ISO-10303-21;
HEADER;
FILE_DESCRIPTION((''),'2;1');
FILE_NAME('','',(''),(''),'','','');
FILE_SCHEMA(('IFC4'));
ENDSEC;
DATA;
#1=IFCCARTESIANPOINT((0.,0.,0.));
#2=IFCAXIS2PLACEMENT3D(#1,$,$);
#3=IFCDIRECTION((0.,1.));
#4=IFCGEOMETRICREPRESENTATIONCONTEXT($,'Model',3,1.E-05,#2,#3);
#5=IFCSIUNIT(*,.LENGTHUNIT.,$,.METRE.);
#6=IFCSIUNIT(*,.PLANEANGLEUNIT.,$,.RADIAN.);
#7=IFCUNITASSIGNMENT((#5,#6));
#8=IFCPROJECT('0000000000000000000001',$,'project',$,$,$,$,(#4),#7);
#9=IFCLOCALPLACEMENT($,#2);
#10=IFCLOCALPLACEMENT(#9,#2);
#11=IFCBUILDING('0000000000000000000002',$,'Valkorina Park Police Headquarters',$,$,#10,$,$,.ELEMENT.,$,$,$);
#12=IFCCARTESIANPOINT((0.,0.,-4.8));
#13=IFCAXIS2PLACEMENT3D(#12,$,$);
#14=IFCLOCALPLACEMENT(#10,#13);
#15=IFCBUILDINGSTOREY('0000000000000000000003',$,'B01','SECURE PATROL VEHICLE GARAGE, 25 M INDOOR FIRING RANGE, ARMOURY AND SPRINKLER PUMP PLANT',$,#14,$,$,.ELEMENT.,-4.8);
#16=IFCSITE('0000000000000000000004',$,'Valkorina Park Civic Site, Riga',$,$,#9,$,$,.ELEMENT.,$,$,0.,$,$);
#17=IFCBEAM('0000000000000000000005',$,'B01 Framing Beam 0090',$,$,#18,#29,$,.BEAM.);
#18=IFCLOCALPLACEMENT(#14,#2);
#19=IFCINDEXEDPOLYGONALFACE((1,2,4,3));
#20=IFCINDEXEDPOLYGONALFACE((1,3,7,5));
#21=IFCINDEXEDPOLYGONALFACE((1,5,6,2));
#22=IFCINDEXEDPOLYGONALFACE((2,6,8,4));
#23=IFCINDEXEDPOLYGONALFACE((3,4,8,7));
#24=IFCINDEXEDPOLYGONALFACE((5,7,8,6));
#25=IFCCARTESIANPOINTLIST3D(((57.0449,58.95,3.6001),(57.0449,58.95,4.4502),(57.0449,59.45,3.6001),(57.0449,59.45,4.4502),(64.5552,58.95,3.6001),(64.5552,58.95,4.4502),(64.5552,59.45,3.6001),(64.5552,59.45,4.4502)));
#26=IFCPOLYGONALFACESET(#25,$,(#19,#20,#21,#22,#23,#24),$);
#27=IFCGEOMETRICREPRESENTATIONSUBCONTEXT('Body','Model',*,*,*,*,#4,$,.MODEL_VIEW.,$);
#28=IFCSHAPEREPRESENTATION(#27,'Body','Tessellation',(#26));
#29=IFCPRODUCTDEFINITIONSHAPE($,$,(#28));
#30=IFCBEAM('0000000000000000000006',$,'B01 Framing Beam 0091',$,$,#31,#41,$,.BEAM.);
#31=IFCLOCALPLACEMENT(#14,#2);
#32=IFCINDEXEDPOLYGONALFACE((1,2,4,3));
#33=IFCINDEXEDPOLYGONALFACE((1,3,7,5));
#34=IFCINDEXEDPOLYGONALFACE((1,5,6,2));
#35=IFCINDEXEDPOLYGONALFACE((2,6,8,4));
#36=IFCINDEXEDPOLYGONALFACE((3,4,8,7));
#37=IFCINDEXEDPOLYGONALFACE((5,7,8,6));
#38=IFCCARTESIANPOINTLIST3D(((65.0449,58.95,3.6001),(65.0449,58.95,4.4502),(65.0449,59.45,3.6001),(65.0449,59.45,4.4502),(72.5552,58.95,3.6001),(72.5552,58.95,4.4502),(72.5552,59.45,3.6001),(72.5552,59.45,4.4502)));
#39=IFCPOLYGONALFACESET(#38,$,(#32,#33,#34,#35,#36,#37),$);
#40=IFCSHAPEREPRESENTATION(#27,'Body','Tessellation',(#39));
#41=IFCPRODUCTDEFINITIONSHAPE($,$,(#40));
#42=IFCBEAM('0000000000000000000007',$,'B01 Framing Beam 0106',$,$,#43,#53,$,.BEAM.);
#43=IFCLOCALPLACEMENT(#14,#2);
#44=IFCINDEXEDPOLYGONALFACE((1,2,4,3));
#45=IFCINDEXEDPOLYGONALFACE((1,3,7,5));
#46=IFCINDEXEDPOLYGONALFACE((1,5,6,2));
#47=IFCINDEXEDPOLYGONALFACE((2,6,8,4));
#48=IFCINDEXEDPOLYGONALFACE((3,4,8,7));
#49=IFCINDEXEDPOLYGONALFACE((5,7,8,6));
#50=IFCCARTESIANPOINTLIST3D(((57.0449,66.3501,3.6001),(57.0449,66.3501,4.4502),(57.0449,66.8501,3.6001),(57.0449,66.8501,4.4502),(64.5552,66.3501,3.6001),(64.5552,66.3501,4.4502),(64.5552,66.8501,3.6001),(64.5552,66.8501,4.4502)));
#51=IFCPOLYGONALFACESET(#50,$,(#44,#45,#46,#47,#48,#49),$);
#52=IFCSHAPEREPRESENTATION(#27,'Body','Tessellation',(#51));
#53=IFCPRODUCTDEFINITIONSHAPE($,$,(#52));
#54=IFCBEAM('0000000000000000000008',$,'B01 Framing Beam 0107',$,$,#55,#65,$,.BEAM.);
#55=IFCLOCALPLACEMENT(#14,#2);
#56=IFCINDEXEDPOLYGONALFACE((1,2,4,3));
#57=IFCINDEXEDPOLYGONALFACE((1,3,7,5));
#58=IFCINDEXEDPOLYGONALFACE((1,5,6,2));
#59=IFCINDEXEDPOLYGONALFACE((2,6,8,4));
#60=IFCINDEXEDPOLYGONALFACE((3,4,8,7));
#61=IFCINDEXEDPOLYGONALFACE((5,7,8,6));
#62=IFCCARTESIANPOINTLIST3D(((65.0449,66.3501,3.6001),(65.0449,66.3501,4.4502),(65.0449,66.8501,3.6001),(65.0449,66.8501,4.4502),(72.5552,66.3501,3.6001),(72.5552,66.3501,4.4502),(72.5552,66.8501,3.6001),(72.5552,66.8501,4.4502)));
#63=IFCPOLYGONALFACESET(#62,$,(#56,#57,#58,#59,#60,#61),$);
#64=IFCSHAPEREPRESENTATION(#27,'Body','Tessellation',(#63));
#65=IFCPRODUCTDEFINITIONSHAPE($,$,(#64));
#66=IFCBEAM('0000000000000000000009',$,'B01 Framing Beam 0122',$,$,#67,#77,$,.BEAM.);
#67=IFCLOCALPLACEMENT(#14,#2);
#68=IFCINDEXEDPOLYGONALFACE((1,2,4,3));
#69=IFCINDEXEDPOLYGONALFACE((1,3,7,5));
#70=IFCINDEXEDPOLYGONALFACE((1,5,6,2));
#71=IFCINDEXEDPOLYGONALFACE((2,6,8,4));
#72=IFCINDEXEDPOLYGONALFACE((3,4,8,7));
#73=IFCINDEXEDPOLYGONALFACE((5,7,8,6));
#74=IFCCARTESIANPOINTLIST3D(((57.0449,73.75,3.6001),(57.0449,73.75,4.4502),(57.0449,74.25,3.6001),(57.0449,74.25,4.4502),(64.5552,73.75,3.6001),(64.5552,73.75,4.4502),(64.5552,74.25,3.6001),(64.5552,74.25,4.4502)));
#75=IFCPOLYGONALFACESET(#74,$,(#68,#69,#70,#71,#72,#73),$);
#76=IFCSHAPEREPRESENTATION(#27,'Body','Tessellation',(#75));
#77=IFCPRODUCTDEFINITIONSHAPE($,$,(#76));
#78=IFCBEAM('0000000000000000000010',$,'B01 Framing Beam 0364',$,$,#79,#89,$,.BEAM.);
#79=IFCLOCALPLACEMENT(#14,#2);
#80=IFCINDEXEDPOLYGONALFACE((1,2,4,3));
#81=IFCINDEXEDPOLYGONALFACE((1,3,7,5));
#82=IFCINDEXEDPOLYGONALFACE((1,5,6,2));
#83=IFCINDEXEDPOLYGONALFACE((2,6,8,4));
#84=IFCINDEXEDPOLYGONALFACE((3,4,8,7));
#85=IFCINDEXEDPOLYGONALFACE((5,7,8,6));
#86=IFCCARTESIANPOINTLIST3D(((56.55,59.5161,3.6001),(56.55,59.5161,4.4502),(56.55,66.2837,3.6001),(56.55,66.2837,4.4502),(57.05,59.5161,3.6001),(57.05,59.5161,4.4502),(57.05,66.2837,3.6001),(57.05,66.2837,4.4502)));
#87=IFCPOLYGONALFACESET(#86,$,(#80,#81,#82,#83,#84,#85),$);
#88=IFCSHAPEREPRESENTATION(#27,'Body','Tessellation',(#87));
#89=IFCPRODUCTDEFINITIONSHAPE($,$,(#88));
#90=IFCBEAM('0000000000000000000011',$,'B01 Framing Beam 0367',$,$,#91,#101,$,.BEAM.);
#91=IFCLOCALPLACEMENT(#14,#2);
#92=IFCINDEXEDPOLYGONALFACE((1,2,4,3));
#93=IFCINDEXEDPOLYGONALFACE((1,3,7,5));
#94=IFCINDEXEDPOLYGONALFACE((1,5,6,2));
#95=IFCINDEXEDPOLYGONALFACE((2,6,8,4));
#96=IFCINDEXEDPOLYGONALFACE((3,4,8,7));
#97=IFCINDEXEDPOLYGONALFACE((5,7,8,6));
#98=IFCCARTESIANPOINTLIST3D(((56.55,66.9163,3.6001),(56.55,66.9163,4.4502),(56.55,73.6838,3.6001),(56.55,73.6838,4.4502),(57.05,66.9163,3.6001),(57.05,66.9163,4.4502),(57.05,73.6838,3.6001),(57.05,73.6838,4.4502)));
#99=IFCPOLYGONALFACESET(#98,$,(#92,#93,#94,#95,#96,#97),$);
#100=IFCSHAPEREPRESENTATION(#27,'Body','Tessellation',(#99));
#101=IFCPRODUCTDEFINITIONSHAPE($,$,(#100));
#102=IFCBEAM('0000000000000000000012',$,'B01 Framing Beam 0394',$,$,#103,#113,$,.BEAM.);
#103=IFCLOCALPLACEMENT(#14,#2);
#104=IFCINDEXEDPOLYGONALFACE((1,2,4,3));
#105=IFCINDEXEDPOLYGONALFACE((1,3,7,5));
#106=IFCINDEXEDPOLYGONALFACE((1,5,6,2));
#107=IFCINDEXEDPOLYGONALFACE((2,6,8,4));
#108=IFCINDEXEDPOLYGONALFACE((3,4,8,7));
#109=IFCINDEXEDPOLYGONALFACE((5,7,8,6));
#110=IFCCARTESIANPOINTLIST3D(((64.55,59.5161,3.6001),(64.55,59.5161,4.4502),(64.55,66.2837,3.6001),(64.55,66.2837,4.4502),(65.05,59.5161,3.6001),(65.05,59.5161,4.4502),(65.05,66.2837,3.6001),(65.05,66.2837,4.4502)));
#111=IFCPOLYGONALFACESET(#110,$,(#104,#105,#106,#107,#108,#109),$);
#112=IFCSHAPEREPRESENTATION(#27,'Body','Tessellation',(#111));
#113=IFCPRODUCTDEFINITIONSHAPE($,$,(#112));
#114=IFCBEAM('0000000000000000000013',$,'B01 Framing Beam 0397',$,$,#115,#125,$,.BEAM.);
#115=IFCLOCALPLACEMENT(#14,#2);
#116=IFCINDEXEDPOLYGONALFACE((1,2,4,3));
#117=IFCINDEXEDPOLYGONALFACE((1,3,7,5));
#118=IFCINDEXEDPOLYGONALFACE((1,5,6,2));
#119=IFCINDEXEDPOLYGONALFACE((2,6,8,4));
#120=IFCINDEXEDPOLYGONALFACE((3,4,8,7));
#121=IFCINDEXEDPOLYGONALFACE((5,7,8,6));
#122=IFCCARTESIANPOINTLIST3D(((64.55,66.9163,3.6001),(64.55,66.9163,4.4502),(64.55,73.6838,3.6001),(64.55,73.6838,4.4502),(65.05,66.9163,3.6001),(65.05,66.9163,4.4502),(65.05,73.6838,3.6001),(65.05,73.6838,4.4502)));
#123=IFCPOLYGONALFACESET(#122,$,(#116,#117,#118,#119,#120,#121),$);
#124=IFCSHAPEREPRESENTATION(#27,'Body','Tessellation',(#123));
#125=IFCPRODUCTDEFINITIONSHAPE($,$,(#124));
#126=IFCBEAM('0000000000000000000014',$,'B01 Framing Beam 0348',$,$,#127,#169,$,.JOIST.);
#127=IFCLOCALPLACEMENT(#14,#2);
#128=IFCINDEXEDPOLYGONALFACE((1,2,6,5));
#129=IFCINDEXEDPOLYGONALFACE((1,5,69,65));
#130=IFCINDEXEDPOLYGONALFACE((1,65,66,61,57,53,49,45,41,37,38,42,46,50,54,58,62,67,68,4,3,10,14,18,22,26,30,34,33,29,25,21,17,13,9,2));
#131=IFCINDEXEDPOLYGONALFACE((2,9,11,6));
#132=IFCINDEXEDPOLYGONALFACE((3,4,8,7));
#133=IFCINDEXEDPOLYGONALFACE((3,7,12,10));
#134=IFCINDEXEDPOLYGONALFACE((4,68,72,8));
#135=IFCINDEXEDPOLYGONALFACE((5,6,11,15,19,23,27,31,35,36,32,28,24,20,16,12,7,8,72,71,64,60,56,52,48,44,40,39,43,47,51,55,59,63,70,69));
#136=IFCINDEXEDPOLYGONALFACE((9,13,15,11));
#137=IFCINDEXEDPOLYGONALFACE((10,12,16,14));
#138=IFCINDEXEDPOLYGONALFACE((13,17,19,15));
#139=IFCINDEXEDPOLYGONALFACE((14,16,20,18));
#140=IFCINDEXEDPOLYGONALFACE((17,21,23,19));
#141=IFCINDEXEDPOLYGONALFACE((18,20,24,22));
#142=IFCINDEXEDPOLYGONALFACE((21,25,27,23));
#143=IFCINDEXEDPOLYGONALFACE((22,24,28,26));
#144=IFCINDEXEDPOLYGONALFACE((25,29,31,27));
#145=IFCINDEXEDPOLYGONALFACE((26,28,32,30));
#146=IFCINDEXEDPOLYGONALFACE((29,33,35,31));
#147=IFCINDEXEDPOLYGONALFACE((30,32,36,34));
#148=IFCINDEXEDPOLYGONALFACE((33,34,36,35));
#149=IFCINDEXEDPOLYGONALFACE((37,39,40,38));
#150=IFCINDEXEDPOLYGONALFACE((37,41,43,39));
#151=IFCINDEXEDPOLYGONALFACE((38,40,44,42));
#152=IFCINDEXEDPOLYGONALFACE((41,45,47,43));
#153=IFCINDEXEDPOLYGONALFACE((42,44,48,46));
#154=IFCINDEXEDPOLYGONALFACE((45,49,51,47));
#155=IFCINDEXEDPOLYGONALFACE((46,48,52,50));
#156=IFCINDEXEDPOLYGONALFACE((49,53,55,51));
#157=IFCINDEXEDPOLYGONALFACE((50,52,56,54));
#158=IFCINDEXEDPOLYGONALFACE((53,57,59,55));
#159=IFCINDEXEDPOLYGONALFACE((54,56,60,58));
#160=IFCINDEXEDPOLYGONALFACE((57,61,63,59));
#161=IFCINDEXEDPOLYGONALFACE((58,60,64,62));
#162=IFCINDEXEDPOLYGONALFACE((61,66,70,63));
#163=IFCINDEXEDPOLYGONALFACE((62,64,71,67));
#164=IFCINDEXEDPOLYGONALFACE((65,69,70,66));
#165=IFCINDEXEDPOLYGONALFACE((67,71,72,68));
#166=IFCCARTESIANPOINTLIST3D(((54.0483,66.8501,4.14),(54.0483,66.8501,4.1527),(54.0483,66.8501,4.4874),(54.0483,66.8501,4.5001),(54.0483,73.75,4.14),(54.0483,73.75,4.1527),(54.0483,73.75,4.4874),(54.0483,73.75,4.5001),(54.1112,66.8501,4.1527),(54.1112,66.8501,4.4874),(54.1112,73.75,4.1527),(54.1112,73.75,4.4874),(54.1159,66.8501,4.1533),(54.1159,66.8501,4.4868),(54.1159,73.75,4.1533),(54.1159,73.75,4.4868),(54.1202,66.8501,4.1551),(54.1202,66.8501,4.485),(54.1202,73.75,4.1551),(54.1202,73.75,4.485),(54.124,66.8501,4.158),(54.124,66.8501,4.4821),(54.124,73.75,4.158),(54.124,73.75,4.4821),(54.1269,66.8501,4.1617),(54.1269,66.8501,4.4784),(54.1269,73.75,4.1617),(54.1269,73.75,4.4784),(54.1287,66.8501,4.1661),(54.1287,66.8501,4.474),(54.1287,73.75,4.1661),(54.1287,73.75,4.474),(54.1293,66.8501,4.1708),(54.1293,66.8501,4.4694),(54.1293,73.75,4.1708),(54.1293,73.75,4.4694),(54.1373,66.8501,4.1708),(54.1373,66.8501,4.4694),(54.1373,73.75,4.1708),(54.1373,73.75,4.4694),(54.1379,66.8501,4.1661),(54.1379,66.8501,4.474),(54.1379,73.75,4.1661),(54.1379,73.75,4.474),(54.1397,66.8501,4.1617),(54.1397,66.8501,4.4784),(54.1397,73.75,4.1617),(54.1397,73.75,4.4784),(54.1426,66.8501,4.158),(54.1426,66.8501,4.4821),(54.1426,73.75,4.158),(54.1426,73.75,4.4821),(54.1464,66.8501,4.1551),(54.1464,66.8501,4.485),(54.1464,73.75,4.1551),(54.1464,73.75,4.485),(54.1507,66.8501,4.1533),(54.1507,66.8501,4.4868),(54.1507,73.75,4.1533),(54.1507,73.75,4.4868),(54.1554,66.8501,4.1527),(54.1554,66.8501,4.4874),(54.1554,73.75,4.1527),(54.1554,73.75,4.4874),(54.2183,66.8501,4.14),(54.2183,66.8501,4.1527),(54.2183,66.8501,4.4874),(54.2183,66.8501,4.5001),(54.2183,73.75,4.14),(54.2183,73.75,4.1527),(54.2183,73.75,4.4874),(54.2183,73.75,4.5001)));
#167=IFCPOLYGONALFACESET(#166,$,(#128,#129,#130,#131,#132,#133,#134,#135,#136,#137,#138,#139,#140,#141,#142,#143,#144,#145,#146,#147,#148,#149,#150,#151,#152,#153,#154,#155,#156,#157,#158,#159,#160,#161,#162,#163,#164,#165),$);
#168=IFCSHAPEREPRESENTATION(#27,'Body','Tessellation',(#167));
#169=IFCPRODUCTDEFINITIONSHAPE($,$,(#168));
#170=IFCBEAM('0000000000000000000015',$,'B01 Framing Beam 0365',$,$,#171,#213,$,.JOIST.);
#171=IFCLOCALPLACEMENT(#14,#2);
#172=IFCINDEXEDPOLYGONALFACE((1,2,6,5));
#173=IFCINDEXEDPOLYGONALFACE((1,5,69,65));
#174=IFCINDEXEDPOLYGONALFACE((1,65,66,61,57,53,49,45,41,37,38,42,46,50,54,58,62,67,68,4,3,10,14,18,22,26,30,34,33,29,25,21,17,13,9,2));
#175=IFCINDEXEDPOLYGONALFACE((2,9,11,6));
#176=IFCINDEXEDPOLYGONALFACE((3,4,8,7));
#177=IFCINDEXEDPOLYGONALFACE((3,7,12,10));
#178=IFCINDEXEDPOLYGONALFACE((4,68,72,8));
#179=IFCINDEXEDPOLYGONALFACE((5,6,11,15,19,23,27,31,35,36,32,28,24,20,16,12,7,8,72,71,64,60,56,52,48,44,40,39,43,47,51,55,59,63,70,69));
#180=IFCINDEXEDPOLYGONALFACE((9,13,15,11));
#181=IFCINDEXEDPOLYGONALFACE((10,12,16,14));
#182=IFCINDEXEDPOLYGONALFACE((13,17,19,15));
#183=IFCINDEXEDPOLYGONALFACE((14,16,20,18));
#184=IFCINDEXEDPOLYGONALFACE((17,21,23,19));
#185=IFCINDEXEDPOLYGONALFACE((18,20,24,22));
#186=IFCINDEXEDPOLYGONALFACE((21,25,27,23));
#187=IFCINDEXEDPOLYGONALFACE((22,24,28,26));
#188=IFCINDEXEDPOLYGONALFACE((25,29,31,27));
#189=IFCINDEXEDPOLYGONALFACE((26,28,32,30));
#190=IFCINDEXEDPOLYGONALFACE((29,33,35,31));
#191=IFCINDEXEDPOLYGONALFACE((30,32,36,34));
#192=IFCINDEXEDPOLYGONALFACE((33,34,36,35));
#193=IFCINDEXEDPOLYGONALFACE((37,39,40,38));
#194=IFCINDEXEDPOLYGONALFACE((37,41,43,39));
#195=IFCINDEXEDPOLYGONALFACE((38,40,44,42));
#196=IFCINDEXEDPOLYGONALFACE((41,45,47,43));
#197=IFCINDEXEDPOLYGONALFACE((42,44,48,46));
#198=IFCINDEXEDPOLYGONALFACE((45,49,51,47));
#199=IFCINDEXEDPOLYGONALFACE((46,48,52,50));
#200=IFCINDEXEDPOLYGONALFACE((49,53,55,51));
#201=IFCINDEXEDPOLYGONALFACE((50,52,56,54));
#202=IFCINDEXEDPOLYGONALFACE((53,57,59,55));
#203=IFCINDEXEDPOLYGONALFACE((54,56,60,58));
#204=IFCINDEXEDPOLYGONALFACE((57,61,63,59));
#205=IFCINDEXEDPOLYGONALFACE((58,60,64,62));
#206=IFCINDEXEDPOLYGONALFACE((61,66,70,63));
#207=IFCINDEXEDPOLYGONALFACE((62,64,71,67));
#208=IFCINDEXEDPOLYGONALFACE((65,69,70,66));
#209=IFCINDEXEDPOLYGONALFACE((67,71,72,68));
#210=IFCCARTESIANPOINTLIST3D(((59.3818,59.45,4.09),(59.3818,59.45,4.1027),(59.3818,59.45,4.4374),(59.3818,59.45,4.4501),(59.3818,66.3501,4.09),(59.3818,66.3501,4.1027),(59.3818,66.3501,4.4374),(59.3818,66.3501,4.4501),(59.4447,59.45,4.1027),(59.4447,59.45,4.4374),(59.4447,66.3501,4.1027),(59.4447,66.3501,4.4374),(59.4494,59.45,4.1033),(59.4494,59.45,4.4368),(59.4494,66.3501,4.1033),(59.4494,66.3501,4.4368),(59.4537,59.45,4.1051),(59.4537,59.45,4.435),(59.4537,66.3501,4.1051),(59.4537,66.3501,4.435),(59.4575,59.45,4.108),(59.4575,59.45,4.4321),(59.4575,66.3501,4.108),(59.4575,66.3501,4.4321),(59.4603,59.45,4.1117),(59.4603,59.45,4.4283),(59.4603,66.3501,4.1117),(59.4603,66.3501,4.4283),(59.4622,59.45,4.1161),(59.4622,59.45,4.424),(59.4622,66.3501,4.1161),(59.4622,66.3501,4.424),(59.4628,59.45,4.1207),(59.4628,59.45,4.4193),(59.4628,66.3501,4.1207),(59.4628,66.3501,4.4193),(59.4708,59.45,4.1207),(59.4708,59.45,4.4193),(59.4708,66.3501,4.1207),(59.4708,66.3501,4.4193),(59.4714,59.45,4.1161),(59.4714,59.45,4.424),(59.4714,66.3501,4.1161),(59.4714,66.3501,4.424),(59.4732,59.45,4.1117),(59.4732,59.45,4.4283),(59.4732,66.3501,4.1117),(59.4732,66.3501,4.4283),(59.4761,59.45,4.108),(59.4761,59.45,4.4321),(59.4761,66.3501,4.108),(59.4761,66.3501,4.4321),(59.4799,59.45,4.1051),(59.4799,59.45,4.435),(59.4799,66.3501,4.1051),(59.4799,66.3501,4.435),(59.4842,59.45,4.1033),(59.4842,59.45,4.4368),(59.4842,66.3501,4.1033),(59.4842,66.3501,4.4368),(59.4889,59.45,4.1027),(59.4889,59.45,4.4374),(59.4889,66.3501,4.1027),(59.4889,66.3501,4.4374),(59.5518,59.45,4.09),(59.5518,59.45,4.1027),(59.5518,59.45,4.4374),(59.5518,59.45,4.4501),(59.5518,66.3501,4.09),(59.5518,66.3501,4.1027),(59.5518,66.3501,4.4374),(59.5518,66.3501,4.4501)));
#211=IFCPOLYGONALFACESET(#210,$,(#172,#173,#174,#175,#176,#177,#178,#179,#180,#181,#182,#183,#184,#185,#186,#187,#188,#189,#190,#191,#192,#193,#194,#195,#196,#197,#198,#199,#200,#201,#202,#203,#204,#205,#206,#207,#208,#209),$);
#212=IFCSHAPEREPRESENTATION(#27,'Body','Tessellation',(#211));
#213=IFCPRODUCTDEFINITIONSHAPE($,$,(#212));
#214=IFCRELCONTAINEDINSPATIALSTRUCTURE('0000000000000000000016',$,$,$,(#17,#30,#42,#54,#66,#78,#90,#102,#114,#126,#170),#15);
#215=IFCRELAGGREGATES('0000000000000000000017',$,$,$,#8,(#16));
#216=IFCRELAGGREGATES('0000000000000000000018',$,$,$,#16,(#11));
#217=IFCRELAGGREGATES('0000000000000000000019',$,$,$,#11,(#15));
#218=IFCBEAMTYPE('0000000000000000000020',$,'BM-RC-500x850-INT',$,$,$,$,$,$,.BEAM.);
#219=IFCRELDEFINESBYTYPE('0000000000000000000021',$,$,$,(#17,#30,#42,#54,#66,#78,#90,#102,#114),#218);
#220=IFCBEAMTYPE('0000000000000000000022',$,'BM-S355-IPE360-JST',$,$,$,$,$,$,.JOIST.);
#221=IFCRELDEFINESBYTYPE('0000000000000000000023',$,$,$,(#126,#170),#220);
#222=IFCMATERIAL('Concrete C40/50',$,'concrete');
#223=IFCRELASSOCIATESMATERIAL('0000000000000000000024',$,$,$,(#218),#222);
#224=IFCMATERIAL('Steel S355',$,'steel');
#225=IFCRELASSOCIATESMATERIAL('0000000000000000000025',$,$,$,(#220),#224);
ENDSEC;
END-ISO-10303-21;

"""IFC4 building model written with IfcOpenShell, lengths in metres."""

from ifc_helpers import new_model, si_unit, direction, frame, origin, origin_2d, place, context, subcontext, project, spatial, rectangle, i_section, extrude, material, material_profile, profile_set, type_object, element, save


model = new_model("IFC4")

# Units and contexts
model_context = context("Model", 3, precision=1e-05, world=origin(), true_north=direction((0.0, 1.0)))
body_context = subcontext(model_context, "Body", "Model", "MODEL_VIEW")
ifc_project = project(units=[si_unit("LENGTHUNIT", "METRE"), si_unit("PLANEANGLEUNIT", "RADIAN")], contexts=[model_context])

# Site, building, storey
site_placement = place(None, origin())
site = spatial("IfcSite", under=ifc_project, at=site_placement, Name="Valkorina Park Civic Site, Riga", CompositionType="ELEMENT", RefElevation=0.0)
building_placement = place(site_placement, origin())
building = spatial("IfcBuilding", under=site, at=building_placement, Name="Valkorina Park Police Headquarters", CompositionType="ELEMENT")
storey_placement = place(building_placement, frame((0.0, 0.0, -4.8)))
storey = spatial("IfcBuildingStorey", under=building, at=storey_placement, Name="B01", Description="SECURE PATROL VEHICLE GARAGE, 25 M INDOOR FIRING RANGE, ARMOURY AND SPRINKLER PUMP PLANT", CompositionType="ELEMENT", Elevation=-4.8)

# Shared definitions
ifc_material_1 = material(Name="Concrete C40/50", Category="concrete")

# Beams
ifc_material_profile_1 = material_profile(ifc_material_1, rectangle(XDim=0.5, YDim=0.8501, at=origin_2d()), Name="RC BEAM 500x850")
ifc_profile_set_1 = profile_set([ifc_material_profile_1], Name="Concrete C40/50")
beam_type_1 = type_object("IfcBeamType", Name="BM-RC-500x850-INT", PredefinedType="BEAM", material=ifc_profile_set_1)
for number, where, z_axis, x_axis, name in (
    (1, (57.0449, 59.2, 4.0251), (1.0, 0.0, 0.0), (0.0, 1.0, 0.0), "B01 Framing Beam 0090"),
    (2, (65.0449, 59.2, 4.0251), (1.0, 0.0, 0.0), (0.0, 1.0, 0.0), "B01 Framing Beam 0091"),
    (3, (57.0449, 66.6001, 4.0251), (1.0, 0.0, 0.0), (0.0, 1.0, 0.0), "B01 Framing Beam 0106"),
    (4, (65.0449, 66.6001, 4.0251), (1.0, 0.0, 0.0), (0.0, 1.0, 0.0), "B01 Framing Beam 0107"),
    (5, (57.0449, 74.0, 4.0251), (1.0, 0.0, 0.0), (0.0, 1.0, 0.0), "B01 Framing Beam 0122"),
):
    element("IfcBeam", number, at=place(storey_placement, frame(where, z_axis=z_axis, x_axis=x_axis)), inside=storey, type_object=beam_type_1, Name=name, PredefinedType="BEAM", context=body_context, shape_type="SweptSolid", body=[
        extrude(rectangle(XDim=0.5, YDim=0.8501, at=origin_2d()), origin(), (0.0, 0.0, 1.0), 7.5103),
    ])
for number, where, z_axis, x_axis, name in (
    (6, (56.8, 59.5161, 4.0251), (0.0, 1.0, 0.0), (-1.0, 0.0, 0.0), "B01 Framing Beam 0364"),
    (7, (56.8, 66.9163, 4.0251), (0.0, 1.0, 0.0), (-1.0, 0.0, 0.0), "B01 Framing Beam 0367"),
    (8, (64.8, 59.5161, 4.0251), (0.0, 1.0, 0.0), (-1.0, 0.0, 0.0), "B01 Framing Beam 0394"),
    (9, (64.8, 66.9163, 4.0251), (0.0, 1.0, 0.0), (-1.0, 0.0, 0.0), "B01 Framing Beam 0397"),
):
    element("IfcBeam", number, at=place(storey_placement, frame(where, z_axis=z_axis, x_axis=x_axis)), inside=storey, type_object=beam_type_1, Name=name, PredefinedType="BEAM", context=body_context, shape_type="SweptSolid", body=[
        extrude(rectangle(XDim=0.5, YDim=0.8501, at=origin_2d()), origin(), (0.0, 0.0, 1.0), 6.7676),
    ])
ifc_material_2 = material(Name="Steel S355", Category="steel")
ifc_material_profile_2 = material_profile(ifc_material_2, i_section(OverallWidth=0.1699, OverallDepth=0.3601, WebThickness=0.0081, FlangeThickness=0.0127, FilletRadius=0.0181, at=origin_2d()), Name="IPE 360")
ifc_profile_set_2 = profile_set([ifc_material_profile_2], Name="Steel S355")
beam_type_2 = type_object("IfcBeamType", Name="BM-S355-IPE360-JST", PredefinedType="JOIST", material=ifc_profile_set_2)
beam_1_placement = place(storey_placement, frame((54.1333, 66.8501, 4.3201), z_axis=(0.0, 1.0, 0.0), x_axis=(-1.0, 0.0, 0.0)))
element("IfcBeam", 10, at=beam_1_placement, inside=storey, type_object=beam_type_2, Name="B01 Framing Beam 0348", PredefinedType="JOIST", context=body_context, shape_type="SweptSolid", body=[
    extrude(i_section(OverallWidth=0.1699, OverallDepth=0.3601, WebThickness=0.0081, FlangeThickness=0.0127, FilletRadius=0.0181, at=origin_2d()), origin(), (0.0, 0.0, 1.0), 6.8999),
])
for number, where, z_axis, x_axis, name in (
    (11, (59.4668, 59.45, 4.27), (0.0, 1.0, 0.0), (-1.0, 0.0, 0.0), "B01 Framing Beam 0365"),
):
    element("IfcBeam", number, at=place(storey_placement, frame(where, z_axis=z_axis, x_axis=x_axis)), inside=storey, type_object=beam_type_2, Name=name, PredefinedType="JOIST", context=body_context, shape_type="SweptSolid", body=[
        extrude(i_section(OverallWidth=0.1699, OverallDepth=0.3601, WebThickness=0.0081, FlangeThickness=0.0127, FilletRadius=0.0181, at=origin_2d()), origin(), (0.0, 0.0, 1.0), 6.9001),
    ])

save(model, "model.ifc")
